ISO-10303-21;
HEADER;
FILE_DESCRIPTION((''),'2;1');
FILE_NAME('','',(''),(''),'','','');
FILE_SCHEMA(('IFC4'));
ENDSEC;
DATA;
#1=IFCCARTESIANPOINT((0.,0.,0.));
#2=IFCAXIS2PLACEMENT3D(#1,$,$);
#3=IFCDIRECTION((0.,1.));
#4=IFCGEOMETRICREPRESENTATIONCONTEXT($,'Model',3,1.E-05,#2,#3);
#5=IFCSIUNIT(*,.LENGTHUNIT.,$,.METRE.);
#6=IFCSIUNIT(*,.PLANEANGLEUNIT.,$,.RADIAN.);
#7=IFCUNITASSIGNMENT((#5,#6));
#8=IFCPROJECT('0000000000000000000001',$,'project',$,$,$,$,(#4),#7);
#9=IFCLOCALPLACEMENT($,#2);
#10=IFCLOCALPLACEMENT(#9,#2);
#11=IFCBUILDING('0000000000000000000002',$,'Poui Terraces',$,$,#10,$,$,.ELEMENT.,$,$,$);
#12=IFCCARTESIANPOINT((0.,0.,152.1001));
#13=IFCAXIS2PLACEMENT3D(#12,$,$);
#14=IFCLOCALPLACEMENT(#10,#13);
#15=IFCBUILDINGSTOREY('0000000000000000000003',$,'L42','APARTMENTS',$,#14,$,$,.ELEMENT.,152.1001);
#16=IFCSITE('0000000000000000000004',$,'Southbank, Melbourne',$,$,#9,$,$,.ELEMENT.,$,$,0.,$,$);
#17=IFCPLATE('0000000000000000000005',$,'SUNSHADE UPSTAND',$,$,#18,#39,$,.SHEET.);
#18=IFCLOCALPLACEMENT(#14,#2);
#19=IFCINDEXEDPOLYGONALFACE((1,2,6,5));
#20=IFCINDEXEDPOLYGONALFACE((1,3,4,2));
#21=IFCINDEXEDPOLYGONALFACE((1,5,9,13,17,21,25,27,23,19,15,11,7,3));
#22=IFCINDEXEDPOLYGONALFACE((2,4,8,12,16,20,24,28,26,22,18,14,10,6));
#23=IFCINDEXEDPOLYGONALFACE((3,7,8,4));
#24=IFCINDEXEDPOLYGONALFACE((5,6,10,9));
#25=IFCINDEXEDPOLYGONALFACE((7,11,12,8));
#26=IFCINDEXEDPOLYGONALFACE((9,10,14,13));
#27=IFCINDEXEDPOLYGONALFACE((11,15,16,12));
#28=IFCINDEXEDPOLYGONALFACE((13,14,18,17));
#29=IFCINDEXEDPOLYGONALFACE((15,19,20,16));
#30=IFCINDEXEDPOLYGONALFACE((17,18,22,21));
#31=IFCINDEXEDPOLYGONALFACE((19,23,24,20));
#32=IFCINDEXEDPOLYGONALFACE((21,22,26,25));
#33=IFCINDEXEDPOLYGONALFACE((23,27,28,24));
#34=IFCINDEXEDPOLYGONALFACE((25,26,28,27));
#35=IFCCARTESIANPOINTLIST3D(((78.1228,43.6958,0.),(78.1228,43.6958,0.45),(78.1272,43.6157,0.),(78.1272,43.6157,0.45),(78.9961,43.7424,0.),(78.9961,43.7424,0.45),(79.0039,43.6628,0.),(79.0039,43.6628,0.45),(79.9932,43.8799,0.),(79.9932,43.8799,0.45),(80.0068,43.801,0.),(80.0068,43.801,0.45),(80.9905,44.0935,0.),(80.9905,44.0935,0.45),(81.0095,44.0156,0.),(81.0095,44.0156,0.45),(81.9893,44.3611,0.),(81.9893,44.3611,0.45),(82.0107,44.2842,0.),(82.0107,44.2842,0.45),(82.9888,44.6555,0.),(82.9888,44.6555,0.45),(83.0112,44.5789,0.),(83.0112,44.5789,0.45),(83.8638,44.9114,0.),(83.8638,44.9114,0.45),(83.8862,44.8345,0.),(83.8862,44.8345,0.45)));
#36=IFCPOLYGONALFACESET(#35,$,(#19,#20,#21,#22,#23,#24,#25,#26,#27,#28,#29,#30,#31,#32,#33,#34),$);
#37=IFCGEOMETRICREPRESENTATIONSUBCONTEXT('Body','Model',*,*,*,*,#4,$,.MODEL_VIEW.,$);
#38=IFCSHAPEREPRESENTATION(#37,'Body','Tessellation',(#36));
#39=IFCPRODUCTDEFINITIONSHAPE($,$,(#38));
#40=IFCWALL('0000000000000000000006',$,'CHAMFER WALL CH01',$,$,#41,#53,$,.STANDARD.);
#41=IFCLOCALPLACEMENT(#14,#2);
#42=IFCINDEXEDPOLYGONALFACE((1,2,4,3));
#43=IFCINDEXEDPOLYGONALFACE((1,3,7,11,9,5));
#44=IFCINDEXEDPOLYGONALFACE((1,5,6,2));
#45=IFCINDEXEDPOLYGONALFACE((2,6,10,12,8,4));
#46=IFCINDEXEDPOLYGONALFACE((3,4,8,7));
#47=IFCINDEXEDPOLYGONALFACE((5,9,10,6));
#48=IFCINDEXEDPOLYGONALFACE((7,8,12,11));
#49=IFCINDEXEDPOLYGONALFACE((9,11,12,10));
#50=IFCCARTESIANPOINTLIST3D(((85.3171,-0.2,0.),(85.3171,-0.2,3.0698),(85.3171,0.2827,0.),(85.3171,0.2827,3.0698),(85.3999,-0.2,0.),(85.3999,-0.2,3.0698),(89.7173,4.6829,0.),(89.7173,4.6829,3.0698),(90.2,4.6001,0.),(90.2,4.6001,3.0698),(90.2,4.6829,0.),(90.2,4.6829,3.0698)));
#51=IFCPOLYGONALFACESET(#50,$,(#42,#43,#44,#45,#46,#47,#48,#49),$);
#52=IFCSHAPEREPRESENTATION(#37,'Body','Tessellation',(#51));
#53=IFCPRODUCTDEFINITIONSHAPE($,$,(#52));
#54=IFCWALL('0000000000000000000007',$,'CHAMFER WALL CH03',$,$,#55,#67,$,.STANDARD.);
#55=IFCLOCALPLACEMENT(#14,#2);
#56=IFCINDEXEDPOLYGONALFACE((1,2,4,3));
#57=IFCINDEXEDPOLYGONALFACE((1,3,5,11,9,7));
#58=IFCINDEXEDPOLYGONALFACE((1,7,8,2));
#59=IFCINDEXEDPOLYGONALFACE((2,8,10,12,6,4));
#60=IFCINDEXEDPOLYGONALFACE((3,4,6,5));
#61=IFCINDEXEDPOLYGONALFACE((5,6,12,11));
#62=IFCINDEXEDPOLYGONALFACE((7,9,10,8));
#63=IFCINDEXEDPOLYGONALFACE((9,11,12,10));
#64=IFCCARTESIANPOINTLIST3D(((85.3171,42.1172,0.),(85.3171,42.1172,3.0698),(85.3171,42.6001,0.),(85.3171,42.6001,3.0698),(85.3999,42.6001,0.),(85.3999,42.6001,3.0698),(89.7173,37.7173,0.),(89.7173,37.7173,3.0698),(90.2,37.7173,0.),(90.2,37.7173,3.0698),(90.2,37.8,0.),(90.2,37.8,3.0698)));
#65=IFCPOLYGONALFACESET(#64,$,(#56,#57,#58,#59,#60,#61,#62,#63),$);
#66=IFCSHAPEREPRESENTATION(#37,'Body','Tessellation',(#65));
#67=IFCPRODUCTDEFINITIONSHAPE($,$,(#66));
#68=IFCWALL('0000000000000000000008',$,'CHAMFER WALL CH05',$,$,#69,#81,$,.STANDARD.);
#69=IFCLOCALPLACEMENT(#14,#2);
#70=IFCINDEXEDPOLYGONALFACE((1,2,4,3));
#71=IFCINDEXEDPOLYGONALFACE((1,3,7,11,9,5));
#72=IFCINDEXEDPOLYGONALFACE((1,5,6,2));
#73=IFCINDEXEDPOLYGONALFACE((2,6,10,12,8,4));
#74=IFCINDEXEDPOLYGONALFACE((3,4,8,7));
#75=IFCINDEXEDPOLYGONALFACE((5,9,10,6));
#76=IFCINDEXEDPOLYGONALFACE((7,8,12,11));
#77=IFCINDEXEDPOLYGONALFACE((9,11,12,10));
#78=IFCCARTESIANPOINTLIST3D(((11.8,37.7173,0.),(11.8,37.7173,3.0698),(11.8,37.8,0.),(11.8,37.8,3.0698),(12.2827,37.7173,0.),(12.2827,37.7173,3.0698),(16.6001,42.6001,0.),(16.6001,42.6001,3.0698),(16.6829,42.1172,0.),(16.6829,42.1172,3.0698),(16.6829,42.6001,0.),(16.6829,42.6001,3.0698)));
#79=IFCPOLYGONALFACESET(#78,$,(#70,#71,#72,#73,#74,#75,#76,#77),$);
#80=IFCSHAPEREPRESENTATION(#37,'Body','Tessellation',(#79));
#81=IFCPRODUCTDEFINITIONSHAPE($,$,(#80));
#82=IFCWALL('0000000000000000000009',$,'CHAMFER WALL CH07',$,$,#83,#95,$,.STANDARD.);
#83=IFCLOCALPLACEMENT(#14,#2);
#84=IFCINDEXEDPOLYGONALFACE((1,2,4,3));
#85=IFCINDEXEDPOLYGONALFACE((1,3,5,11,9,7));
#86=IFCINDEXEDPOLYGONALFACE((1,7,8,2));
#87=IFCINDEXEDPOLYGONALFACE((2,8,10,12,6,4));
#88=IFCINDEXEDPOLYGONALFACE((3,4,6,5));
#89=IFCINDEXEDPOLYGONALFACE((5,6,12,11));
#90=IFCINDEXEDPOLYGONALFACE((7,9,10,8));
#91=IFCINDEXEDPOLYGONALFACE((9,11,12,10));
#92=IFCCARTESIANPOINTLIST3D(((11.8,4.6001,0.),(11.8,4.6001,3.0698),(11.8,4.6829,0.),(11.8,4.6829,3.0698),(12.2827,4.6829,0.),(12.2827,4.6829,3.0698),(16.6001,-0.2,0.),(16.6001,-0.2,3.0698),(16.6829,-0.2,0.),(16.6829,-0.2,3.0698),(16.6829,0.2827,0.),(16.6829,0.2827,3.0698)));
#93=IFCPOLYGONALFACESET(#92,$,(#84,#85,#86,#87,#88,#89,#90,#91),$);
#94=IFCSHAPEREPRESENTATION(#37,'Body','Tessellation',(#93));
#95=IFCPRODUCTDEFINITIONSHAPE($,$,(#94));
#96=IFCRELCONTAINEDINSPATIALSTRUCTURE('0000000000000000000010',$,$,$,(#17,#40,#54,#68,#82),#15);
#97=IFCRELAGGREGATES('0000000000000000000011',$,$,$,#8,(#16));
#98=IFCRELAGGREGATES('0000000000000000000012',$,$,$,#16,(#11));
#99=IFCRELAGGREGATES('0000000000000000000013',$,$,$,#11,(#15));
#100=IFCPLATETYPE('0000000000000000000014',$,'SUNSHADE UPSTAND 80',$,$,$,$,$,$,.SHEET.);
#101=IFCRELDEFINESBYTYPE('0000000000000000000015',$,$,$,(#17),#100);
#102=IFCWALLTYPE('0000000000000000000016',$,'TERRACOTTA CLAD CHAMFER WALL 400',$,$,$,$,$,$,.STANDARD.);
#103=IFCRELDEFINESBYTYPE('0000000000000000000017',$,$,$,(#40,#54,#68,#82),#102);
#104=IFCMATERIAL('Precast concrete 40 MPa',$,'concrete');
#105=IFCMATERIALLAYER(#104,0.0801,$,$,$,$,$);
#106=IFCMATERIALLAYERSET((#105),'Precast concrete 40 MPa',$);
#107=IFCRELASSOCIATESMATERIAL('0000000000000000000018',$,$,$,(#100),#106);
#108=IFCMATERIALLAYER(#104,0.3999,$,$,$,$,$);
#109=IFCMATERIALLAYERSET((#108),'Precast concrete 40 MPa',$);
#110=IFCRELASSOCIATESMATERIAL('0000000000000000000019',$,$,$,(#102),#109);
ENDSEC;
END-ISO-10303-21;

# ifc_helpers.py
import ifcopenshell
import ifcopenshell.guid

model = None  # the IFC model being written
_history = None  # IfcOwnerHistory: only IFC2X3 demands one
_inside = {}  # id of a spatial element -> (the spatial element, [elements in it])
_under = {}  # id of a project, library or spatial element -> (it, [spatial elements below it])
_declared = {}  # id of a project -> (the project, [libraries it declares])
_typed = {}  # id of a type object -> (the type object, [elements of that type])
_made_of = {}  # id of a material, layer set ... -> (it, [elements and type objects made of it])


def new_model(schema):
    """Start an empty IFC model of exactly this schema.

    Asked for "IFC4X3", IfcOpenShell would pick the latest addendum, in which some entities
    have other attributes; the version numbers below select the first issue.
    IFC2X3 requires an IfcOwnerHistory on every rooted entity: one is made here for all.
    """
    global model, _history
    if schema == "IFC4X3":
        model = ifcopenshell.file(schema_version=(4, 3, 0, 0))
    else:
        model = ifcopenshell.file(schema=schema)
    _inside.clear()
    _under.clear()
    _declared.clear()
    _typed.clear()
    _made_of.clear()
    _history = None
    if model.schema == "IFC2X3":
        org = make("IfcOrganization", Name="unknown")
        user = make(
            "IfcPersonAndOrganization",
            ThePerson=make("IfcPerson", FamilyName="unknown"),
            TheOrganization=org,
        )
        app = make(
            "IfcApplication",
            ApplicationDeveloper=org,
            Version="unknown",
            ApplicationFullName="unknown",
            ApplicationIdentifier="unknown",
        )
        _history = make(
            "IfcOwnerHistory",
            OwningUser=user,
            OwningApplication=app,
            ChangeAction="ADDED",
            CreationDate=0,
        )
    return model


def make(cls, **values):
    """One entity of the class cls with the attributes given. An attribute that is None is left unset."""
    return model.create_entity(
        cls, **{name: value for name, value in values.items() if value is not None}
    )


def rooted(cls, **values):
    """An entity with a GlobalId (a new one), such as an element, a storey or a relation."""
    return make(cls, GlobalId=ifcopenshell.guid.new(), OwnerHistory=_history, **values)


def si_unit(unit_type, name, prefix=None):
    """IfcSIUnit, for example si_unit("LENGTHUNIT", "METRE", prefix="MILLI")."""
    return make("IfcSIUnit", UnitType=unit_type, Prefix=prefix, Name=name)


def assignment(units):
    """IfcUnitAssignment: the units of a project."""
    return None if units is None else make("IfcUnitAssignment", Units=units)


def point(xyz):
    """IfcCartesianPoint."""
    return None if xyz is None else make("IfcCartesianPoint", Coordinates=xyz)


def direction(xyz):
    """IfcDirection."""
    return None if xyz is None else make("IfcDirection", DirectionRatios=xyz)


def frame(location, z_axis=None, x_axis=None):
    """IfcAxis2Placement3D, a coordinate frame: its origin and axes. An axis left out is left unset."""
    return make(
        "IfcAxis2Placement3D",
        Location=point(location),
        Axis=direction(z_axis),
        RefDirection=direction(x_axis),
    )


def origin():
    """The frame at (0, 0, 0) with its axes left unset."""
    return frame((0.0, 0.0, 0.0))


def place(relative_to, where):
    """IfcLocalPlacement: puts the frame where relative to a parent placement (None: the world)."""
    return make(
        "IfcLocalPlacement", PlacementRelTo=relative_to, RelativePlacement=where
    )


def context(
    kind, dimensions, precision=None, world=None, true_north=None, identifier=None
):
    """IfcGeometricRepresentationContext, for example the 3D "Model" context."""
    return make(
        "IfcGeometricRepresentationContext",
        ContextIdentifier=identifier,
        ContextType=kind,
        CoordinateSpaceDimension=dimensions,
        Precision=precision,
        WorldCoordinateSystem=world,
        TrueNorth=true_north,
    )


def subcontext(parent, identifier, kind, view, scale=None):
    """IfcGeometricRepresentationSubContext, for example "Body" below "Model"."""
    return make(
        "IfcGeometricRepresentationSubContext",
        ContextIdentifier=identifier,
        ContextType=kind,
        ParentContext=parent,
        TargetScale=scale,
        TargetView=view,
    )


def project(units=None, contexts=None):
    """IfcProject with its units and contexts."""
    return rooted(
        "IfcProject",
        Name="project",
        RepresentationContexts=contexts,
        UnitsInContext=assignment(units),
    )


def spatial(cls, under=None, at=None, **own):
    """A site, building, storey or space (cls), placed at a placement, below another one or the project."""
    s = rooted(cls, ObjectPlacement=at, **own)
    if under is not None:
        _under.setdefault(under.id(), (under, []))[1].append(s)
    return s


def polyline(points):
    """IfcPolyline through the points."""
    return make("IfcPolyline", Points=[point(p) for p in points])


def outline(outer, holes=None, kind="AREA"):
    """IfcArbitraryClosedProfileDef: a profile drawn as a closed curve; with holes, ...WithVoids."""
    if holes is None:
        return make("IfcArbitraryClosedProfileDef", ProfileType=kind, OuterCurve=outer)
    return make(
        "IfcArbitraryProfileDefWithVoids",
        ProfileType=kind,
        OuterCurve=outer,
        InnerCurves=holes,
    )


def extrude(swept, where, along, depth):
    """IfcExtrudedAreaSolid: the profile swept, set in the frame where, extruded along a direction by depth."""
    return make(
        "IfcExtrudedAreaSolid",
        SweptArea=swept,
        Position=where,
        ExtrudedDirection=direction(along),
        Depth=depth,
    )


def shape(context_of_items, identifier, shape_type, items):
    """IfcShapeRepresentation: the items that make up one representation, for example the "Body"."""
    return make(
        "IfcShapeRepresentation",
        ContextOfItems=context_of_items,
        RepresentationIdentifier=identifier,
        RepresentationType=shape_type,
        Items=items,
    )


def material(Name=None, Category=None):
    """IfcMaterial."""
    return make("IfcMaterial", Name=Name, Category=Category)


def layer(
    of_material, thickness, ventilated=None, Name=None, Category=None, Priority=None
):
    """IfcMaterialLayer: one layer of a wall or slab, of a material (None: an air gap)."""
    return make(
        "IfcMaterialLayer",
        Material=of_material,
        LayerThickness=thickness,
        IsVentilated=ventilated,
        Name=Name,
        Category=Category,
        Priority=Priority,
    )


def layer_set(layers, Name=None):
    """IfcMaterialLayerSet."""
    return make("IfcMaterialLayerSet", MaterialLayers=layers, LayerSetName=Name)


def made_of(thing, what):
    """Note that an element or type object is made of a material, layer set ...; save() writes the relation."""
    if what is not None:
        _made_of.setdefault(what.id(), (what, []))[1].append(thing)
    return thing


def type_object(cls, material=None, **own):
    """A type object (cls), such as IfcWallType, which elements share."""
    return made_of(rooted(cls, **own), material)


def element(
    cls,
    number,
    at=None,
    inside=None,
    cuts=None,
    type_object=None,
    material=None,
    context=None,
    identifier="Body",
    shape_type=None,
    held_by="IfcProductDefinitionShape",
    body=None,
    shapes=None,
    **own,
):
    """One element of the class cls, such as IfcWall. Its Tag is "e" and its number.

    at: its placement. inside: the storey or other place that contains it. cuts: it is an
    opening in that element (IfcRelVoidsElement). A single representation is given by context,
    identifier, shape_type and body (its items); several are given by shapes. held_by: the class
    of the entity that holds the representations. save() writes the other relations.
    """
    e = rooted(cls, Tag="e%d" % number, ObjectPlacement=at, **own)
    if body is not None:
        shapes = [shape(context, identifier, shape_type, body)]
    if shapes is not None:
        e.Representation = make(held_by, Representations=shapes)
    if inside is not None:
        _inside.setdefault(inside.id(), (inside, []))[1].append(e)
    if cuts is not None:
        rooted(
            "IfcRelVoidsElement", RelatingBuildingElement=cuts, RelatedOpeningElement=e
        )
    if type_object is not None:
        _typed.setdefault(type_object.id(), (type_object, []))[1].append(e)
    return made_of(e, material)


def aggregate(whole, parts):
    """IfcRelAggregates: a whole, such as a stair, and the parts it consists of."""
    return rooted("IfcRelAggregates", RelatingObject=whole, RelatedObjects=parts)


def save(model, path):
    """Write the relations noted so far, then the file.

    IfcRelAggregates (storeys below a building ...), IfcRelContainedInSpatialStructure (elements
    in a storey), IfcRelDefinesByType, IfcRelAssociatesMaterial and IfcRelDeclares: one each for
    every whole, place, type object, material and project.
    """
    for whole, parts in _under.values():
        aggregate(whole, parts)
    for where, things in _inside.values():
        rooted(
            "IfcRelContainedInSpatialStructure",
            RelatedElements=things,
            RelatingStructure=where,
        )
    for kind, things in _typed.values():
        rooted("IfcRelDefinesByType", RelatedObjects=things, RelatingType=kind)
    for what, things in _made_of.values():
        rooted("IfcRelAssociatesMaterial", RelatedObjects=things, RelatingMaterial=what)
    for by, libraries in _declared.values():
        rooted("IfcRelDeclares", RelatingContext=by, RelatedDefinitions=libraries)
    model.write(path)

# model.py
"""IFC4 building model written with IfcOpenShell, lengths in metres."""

from ifc_helpers import new_model, si_unit, direction, frame, origin, place, context, subcontext, project, spatial, polyline, outline, extrude, material, layer, layer_set, type_object, element, save


model = new_model("IFC4")

# Units and contexts
model_context = context("Model", 3, precision=1e-05, world=origin(), true_north=direction((0.0, 1.0)))
body_context = subcontext(model_context, "Body", "Model", "MODEL_VIEW")
ifc_project = project(units=[si_unit("LENGTHUNIT", "METRE"), si_unit("PLANEANGLEUNIT", "RADIAN")], contexts=[model_context])

# Site, building, storey
site_placement = place(None, origin())
site = spatial("IfcSite", under=ifc_project, at=site_placement, Name="Southbank, Melbourne", CompositionType="ELEMENT", RefElevation=0.0)
building_placement = place(site_placement, origin())
building = spatial("IfcBuilding", under=site, at=building_placement, Name="Poui Terraces", CompositionType="ELEMENT")
storey_placement = place(building_placement, frame((0.0, 0.0, 152.1001)))
storey = spatial("IfcBuildingStorey", under=building, at=storey_placement, Name="L42", Description="APARTMENTS", CompositionType="ELEMENT", Elevation=152.1001)

# Shared definitions
ifc_material_1 = material(Name="Precast concrete 40 MPa", Category="concrete")

# Plate
ifc_layer_1 = layer(ifc_material_1, 0.0801)
ifc_layer_set_1 = layer_set([ifc_layer_1], Name="Precast concrete 40 MPa")
plate_type = type_object("IfcPlateType", Name="SUNSHADE UPSTAND 80", PredefinedType="SHEET", material=ifc_layer_set_1)
plate_1_placement = place(storey_placement, origin())
element("IfcPlate", 1, at=plate_1_placement, inside=storey, type_object=plate_type, Name="SUNSHADE UPSTAND", PredefinedType="SHEET", context=body_context, shape_type="SweptSolid", body=[
    extrude(outline(polyline([(78.9961, 43.7424), (78.1228, 43.6958), (78.1272, 43.6157), (79.0039, 43.6628), (80.0068, 43.801), (81.0095, 44.0156), (82.0107, 44.2842), (83.0112, 44.5789), (83.8862, 44.8345), (83.8638, 44.9114), (82.9888, 44.6555), (81.9893, 44.3611), (80.9905, 44.0935), (79.9932, 43.8799), (78.9961, 43.7424)])), origin(), (0.0, 0.0, 1.0), 0.45),
])

# Walls
ifc_layer_2 = layer(ifc_material_1, 0.3999)
ifc_layer_set_2 = layer_set([ifc_layer_2], Name="Precast concrete 40 MPa")
wall_type = type_object("IfcWallType", Name="TERRACOTTA CLAD CHAMFER WALL 400", PredefinedType="STANDARD", material=ifc_layer_set_2)
wall_1_placement = place(storey_placement, origin())
element("IfcWall", 2, at=wall_1_placement, inside=storey, type_object=wall_type, Name="CHAMFER WALL CH01", PredefinedType="STANDARD", context=body_context, shape_type="SweptSolid", body=[
    extrude(outline(polyline([(85.3171, -0.2), (85.3999, -0.2), (90.2, 4.6001), (90.2, 4.6829), (89.7173, 4.6829), (85.3171, 0.2827), (85.3171, -0.2)])), origin(), (0.0, 0.0, 1.0), 3.0698),
])
wall_2_placement = place(storey_placement, origin())
element("IfcWall", 3, at=wall_2_placement, inside=storey, type_object=wall_type, Name="CHAMFER WALL CH03", PredefinedType="STANDARD", context=body_context, shape_type="SweptSolid", body=[
    extrude(outline(polyline([(90.2, 37.7173), (90.2, 37.8), (85.3999, 42.6001), (85.3171, 42.6001), (85.3171, 42.1172), (89.7173, 37.7173), (90.2, 37.7173)])), origin(), (0.0, 0.0, 1.0), 3.0698),
])
wall_3_placement = place(storey_placement, origin())
element("IfcWall", 4, at=wall_3_placement, inside=storey, type_object=wall_type, Name="CHAMFER WALL CH05", PredefinedType="STANDARD", context=body_context, shape_type="SweptSolid", body=[
    extrude(outline(polyline([(16.6829, 42.6001), (16.6001, 42.6001), (11.8, 37.8), (11.8, 37.7173), (12.2827, 37.7173), (16.6829, 42.1172), (16.6829, 42.6001)])), origin(), (0.0, 0.0, 1.0), 3.0698),
])
wall_4_placement = place(storey_placement, origin())
element("IfcWall", 5, at=wall_4_placement, inside=storey, type_object=wall_type, Name="CHAMFER WALL CH07", PredefinedType="STANDARD", context=body_context, shape_type="SweptSolid", body=[
    extrude(outline(polyline([(11.8, 4.6829), (11.8, 4.6001), (16.6001, -0.2), (16.6829, -0.2), (16.6829, 0.2827), (12.2827, 4.6829), (11.8, 4.6829)])), origin(), (0.0, 0.0, 1.0), 3.0698),
])

save(model, "model.ifc")
